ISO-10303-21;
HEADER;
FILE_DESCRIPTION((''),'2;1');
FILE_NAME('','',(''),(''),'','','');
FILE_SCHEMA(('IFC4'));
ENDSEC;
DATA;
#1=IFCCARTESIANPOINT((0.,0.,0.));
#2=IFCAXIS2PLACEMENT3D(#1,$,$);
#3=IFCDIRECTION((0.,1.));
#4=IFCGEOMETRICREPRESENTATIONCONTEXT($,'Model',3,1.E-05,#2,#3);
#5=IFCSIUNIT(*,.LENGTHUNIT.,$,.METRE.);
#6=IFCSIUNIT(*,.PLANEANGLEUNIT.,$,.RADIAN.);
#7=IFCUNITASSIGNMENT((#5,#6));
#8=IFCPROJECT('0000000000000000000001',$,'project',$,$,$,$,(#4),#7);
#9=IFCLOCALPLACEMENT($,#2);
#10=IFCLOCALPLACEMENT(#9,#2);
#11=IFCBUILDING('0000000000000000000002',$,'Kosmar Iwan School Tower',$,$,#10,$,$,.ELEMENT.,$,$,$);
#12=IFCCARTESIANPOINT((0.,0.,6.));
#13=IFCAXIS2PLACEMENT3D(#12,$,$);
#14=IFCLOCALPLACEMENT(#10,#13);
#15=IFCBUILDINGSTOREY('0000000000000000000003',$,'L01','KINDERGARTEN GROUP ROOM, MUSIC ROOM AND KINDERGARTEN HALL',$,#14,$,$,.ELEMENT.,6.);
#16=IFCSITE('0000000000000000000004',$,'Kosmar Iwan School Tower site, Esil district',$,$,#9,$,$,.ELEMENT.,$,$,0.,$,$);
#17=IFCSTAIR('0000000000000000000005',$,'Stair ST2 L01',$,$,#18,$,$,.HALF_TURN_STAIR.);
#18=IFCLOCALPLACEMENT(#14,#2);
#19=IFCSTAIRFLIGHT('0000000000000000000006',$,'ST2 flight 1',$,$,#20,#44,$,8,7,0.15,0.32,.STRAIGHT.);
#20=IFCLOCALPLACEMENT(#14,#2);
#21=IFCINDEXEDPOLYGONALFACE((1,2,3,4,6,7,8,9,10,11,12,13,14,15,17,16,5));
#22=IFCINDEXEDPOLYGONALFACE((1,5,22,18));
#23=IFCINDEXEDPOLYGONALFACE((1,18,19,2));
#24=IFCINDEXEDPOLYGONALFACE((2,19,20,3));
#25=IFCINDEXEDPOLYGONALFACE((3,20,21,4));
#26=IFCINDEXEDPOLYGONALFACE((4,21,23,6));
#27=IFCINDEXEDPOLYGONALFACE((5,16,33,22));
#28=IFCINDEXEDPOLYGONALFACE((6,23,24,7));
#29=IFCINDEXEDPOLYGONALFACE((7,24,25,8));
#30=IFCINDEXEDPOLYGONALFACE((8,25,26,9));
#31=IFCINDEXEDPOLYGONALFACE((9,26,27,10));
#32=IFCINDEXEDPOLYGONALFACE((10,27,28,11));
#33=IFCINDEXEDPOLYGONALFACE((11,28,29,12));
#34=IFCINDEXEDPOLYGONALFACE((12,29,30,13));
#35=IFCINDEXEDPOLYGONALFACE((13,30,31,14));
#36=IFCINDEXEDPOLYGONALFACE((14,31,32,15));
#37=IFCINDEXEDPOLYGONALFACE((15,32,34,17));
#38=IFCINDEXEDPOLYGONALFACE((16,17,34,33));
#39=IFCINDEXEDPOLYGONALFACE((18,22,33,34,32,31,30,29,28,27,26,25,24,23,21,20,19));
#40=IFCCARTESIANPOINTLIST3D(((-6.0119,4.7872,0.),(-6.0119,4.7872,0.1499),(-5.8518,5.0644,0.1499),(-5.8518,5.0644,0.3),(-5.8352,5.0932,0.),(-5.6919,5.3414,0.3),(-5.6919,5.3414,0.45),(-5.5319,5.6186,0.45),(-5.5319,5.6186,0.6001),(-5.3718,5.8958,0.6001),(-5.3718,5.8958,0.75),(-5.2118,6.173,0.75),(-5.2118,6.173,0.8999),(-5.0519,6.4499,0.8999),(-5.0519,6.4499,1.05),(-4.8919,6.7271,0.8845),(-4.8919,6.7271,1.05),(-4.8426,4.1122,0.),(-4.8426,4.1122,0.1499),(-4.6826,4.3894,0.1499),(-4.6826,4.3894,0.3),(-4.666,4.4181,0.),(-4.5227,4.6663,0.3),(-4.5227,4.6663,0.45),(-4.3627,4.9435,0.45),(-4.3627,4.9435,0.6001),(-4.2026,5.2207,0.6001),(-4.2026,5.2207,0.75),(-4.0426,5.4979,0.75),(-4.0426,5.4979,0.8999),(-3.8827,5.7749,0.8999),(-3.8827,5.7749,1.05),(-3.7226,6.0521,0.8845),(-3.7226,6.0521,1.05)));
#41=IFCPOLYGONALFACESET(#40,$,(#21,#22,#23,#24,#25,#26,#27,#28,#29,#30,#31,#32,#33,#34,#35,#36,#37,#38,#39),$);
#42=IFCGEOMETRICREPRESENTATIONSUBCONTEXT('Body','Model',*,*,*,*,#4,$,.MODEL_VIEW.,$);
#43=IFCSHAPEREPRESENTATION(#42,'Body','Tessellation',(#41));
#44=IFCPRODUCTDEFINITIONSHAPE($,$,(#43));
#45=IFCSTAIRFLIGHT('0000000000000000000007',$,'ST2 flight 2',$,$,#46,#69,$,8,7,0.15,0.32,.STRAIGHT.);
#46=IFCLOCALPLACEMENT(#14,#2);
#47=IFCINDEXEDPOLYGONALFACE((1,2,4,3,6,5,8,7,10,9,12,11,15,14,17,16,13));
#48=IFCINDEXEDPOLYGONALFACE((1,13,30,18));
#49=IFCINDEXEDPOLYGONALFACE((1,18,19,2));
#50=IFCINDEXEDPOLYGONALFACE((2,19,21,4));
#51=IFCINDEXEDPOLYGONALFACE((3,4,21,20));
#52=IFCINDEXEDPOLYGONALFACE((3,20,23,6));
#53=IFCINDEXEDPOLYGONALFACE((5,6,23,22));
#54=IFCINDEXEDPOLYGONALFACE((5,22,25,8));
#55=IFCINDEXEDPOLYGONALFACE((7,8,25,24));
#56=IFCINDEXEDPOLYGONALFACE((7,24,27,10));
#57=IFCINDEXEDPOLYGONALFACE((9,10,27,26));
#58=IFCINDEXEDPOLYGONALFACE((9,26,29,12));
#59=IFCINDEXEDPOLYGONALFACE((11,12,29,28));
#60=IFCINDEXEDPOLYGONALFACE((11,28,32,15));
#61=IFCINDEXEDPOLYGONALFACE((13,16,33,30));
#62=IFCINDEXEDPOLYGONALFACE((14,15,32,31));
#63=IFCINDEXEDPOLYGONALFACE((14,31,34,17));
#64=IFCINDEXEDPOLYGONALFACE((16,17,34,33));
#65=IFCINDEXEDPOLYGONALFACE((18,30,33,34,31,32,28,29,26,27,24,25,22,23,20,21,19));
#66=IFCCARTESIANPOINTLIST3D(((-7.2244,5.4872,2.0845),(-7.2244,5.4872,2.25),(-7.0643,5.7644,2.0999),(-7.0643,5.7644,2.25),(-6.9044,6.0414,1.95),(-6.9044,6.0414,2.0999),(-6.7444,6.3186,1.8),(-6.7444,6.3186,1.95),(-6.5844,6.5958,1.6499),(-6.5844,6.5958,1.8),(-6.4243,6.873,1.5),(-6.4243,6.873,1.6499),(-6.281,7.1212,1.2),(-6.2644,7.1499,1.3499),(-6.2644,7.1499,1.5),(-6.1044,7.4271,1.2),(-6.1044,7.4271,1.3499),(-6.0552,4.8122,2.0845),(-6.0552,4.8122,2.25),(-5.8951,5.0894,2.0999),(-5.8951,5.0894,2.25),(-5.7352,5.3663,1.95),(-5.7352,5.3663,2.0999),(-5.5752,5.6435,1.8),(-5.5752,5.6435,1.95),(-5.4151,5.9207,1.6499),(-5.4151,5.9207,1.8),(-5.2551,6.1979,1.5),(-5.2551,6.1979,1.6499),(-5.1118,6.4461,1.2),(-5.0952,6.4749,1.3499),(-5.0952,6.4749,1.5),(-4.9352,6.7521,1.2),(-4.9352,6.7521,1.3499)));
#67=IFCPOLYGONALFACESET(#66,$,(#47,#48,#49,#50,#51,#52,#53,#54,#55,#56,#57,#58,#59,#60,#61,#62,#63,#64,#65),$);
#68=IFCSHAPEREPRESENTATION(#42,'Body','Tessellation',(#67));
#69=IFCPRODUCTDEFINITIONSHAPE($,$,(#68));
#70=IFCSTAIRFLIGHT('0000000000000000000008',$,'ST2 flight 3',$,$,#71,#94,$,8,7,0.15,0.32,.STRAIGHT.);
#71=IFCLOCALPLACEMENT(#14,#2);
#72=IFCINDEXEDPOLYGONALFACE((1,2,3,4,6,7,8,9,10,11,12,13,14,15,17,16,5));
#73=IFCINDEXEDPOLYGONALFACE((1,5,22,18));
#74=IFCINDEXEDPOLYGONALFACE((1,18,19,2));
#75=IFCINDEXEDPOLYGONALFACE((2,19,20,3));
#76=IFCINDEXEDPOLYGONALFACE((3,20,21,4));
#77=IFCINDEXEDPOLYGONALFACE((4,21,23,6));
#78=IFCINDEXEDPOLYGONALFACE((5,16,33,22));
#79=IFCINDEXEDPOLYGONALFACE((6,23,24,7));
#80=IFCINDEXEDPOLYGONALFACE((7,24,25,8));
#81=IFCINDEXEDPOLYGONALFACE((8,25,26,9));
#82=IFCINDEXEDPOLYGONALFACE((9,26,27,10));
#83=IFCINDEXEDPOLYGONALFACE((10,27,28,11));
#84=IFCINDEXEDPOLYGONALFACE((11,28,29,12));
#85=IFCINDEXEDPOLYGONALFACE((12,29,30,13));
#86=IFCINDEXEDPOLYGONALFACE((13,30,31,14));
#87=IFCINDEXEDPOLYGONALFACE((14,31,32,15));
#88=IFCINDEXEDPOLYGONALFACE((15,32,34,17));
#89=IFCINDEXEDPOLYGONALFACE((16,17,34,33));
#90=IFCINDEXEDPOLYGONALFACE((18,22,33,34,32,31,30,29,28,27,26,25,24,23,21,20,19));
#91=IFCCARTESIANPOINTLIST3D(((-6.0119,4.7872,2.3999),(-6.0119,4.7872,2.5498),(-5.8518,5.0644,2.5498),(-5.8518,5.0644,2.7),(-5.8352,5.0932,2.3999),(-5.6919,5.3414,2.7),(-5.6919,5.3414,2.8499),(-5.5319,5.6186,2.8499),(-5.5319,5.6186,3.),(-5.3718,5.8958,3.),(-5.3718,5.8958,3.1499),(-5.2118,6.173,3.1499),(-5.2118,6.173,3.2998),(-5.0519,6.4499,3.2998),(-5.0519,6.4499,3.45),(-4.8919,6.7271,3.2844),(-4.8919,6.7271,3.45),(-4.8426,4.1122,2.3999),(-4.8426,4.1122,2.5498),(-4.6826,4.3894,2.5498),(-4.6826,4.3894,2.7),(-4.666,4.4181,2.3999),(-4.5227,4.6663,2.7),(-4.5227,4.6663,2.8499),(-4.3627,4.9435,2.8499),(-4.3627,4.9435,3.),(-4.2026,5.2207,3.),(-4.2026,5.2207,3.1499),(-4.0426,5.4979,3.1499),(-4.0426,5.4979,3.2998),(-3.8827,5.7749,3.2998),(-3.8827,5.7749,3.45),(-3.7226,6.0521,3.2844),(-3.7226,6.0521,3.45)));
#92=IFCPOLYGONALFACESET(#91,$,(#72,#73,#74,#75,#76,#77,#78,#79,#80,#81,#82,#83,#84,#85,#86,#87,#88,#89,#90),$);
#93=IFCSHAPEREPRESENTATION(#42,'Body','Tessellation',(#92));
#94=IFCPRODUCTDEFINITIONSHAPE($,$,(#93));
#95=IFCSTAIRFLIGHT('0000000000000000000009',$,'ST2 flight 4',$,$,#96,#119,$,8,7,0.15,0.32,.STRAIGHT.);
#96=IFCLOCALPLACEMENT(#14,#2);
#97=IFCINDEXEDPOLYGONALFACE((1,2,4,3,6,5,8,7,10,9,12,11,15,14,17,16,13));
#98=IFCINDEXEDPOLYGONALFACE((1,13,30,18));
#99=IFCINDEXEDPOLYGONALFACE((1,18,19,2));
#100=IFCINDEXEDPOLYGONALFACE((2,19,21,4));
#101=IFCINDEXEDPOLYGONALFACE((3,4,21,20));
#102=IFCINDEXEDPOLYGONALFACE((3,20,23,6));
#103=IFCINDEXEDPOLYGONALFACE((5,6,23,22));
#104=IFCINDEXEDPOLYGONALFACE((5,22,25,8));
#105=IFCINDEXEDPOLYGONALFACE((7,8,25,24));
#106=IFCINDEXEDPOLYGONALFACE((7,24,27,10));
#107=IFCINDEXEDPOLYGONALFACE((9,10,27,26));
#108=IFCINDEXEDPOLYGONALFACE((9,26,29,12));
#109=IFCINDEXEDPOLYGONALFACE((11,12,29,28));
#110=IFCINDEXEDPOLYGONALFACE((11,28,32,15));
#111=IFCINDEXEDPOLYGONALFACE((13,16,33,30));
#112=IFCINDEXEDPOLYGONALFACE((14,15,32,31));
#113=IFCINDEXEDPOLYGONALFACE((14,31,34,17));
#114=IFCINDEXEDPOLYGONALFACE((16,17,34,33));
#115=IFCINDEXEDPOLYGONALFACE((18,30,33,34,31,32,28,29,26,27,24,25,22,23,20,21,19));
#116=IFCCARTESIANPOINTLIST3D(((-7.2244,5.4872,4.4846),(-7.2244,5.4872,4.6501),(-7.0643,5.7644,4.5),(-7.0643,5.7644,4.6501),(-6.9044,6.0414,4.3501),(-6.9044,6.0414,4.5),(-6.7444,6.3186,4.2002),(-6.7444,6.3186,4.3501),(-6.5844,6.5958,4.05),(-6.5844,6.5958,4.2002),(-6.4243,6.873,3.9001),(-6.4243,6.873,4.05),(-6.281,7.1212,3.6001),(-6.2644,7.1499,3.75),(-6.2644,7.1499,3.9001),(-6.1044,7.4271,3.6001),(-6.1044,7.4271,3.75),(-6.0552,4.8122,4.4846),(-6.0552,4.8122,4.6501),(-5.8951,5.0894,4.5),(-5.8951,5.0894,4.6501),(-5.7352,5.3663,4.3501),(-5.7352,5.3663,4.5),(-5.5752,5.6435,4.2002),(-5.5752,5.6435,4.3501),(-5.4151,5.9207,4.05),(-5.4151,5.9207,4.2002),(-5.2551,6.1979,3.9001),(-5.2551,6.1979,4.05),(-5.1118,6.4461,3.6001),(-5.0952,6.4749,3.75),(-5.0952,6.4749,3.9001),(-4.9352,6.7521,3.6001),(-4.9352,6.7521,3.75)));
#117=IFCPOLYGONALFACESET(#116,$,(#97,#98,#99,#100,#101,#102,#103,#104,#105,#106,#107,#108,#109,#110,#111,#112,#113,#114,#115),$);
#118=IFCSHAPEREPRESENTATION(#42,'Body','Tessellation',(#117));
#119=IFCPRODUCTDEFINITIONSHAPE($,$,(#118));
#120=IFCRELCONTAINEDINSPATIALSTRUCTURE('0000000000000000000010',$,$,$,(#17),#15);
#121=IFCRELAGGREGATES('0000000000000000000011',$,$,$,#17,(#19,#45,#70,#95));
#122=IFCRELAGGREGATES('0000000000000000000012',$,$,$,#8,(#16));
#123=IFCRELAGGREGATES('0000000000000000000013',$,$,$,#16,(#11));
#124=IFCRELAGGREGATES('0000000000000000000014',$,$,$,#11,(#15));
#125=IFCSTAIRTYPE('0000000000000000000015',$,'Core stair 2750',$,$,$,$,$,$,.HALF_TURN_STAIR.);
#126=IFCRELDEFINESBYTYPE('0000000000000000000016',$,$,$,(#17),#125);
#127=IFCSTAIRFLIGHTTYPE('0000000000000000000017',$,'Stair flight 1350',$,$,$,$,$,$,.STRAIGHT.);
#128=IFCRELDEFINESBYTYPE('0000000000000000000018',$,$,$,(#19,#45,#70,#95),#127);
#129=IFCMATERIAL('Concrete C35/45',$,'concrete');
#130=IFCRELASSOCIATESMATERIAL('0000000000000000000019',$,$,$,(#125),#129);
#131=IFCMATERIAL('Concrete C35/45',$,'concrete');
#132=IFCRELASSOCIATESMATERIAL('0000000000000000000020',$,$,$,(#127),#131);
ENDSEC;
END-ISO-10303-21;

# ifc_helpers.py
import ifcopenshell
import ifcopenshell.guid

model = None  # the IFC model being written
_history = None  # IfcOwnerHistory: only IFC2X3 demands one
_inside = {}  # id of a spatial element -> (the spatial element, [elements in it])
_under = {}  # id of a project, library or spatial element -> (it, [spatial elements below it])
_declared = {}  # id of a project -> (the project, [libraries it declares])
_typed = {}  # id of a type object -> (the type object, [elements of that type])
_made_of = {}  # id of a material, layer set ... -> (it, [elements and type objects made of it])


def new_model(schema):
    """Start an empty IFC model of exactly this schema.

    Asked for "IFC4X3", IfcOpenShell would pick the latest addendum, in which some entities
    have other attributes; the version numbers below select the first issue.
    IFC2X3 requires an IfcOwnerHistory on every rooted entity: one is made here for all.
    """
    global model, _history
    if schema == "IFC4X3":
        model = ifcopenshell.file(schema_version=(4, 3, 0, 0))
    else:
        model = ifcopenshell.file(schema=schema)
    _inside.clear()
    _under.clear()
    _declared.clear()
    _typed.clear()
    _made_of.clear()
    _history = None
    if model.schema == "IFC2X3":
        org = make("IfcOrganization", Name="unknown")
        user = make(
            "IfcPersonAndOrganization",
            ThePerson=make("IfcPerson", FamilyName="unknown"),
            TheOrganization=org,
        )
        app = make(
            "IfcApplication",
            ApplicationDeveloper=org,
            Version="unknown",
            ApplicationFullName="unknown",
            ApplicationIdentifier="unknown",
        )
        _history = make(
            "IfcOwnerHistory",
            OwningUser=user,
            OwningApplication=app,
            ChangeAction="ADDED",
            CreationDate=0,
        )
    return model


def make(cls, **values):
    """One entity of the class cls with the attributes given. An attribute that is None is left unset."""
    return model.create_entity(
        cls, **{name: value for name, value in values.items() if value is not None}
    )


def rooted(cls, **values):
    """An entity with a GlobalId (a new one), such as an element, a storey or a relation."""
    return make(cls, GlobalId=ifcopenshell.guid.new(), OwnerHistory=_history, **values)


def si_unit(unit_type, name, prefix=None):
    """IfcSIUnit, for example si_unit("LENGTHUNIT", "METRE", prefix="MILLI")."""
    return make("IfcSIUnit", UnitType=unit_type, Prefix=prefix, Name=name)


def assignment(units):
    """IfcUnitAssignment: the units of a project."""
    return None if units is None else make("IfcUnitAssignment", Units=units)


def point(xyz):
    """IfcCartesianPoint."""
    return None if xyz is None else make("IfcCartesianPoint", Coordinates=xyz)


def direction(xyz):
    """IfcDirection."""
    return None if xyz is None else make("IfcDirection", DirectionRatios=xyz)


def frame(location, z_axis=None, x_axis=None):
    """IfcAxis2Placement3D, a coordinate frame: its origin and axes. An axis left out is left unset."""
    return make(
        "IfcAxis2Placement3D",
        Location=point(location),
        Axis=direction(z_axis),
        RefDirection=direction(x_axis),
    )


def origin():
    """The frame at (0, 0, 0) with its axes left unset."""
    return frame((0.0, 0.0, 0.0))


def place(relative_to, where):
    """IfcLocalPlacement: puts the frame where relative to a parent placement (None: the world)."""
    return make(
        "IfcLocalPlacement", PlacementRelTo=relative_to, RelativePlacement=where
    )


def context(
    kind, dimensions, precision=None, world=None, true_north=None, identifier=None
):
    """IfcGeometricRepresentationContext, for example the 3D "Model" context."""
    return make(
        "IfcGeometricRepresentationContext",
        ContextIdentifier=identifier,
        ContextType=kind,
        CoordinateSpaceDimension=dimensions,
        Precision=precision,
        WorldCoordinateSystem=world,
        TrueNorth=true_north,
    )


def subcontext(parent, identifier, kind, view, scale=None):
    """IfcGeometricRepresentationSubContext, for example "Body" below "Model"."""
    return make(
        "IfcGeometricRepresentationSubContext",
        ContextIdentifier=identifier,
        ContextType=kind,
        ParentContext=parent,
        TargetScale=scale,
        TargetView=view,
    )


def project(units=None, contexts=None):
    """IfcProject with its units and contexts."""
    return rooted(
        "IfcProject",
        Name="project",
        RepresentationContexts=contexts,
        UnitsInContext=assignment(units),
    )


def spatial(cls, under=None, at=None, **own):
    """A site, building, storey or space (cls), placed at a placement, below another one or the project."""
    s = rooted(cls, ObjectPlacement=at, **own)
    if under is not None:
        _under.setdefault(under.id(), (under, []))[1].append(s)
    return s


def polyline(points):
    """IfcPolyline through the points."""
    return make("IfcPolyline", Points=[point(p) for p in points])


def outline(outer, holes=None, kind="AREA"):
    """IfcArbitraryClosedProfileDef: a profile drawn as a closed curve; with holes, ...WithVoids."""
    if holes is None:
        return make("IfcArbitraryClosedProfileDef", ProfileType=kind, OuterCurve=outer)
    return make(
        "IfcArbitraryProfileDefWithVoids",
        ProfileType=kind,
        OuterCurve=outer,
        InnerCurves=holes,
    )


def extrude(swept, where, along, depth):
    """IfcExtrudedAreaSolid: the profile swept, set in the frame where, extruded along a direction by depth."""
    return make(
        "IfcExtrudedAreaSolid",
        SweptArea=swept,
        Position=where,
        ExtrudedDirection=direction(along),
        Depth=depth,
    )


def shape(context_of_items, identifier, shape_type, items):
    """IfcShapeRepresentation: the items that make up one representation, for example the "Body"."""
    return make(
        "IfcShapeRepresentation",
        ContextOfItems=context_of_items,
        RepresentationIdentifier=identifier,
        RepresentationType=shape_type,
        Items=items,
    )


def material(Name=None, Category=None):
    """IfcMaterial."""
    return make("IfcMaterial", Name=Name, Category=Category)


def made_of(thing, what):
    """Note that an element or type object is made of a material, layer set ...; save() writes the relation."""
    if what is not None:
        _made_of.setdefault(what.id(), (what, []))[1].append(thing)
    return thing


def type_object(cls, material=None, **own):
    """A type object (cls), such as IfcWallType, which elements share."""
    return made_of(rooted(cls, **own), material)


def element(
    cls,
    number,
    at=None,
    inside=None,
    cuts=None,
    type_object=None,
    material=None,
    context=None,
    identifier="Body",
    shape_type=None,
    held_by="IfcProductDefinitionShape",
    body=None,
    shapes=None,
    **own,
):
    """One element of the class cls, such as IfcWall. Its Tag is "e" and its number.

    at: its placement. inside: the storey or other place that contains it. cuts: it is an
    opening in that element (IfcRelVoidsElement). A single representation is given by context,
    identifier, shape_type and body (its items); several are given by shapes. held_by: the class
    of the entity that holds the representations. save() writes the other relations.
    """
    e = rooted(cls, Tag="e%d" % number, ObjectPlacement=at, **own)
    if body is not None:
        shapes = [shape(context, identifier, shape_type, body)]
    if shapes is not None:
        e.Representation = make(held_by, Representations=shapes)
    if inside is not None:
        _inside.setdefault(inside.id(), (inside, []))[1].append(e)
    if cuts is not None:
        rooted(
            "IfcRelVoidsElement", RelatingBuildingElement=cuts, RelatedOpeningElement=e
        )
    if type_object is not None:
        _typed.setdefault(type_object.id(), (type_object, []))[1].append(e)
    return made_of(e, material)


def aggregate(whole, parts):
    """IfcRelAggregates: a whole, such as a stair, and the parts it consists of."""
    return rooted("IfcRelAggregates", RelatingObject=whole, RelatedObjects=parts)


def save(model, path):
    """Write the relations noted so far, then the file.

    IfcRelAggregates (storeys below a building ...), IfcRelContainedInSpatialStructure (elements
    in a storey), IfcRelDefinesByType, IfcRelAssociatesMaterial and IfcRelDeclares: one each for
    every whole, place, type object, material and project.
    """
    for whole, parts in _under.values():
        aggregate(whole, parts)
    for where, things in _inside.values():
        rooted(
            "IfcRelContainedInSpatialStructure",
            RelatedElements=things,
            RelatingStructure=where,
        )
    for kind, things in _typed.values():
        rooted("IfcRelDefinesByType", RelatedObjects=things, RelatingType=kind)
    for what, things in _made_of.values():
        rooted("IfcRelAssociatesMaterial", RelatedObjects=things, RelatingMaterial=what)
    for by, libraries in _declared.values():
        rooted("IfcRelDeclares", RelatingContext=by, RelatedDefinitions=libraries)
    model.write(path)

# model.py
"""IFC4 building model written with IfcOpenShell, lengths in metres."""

from ifc_helpers import new_model, si_unit, direction, frame, origin, place, context, subcontext, project, spatial, polyline, outline, extrude, material, type_object, element, aggregate, save


model = new_model("IFC4")

# Units and contexts
model_context = context("Model", 3, precision=1e-05, world=origin(), true_north=direction((0.0, 1.0)))
body_context = subcontext(model_context, "Body", "Model", "MODEL_VIEW")
ifc_project = project(units=[si_unit("LENGTHUNIT", "METRE"), si_unit("PLANEANGLEUNIT", "RADIAN")], contexts=[model_context])

# Site, building, storey
site_placement = place(None, origin())
site = spatial("IfcSite", under=ifc_project, at=site_placement, Name="Kosmar Iwan School Tower site, Esil district", CompositionType="ELEMENT", RefElevation=0.0)
building_placement = place(site_placement, origin())
building = spatial("IfcBuilding", under=site, at=building_placement, Name="Kosmar Iwan School Tower", CompositionType="ELEMENT")
storey_placement = place(building_placement, frame((0.0, 0.0, 6.0)))
storey = spatial("IfcBuildingStorey", under=building, at=storey_placement, Name="L01", Description="KINDERGARTEN GROUP ROOM, MUSIC ROOM AND KINDERGARTEN HALL", CompositionType="ELEMENT", Elevation=6.0)

# Stair, stair flights
ifc_material_1 = material(Name="Concrete C35/45", Category="concrete")
stair_type = type_object("IfcStairType", Name="Core stair 2750", PredefinedType="HALF_TURN_STAIR", material=ifc_material_1)
stair_placement = place(storey_placement, origin())
stair = element("IfcStair", 1, at=stair_placement, inside=storey, type_object=stair_type, Name="Stair ST2 L01", PredefinedType="HALF_TURN_STAIR")
ifc_material_2 = material(Name="Concrete C35/45", Category="concrete")
stair_flight_type = type_object("IfcStairFlightType", Name="Stair flight 1350", PredefinedType="STRAIGHT", material=ifc_material_2)
stair_flight_1_placement = place(storey_placement, frame((-5.4272, 4.4497, 0.0), z_axis=(0.0, 0.0, 1.0), x_axis=(0.5, 0.866025, 0.0)))
stair_flight_1 = element("IfcStairFlight", 2, at=stair_flight_1_placement, type_object=stair_flight_type, Name="ST2 flight 1", NumberOfRisers=8, NumberOfTreads=7, PredefinedType="STRAIGHT", RiserHeight=0.15, TreadLength=0.32, context=body_context, shape_type="SweptSolid", body=[
    extrude(outline(polyline([(0.0, 0.0), (0.0, 0.1499), (0.3201, 0.1499), (0.3201, 0.3), (0.6399, 0.3), (0.6399, 0.45), (0.96, 0.45), (0.96, 0.6001), (1.28, 0.6001), (1.28, 0.75), (1.6001, 0.75), (1.6001, 0.8999), (1.9199, 0.8999), (1.9199, 1.05), (2.24, 1.05), (2.24, 1.2), (2.24, 0.8845), (0.3533, 0.0), (0.0, 0.0)])), frame((0.0, 0.675, 0.0), z_axis=(0.0, -1.0, 0.0), x_axis=(1.0, 0.0, 0.0)), (0.0, 0.0, 1.0), 1.3501),
])
stair_flight_2_placement = place(storey_placement, frame((-5.5198, 7.0896, 1.2), z_axis=(0.0, 0.0, 1.0), x_axis=(-0.5, -0.866025, 0.0)))
stair_flight_2 = element("IfcStairFlight", 3, at=stair_flight_2_placement, type_object=stair_flight_type, Name="ST2 flight 2", NumberOfRisers=8, NumberOfTreads=7, PredefinedType="STRAIGHT", RiserHeight=0.15, TreadLength=0.32, context=body_context, shape_type="SweptSolid", body=[
    extrude(outline(polyline([(0.0, 0.0), (0.0, 0.1499), (0.3201, 0.1499), (0.3201, 0.3), (0.6399, 0.3), (0.6399, 0.45), (0.96, 0.45), (0.96, 0.6001), (1.28, 0.6001), (1.28, 0.75), (1.6001, 0.75), (1.6001, 0.8999), (1.9199, 0.8999), (1.9199, 1.05), (2.24, 1.05), (2.24, 1.2), (2.24, 0.8845), (0.3533, 0.0), (0.0, 0.0)])), frame((0.0, 0.675, 0.0), z_axis=(0.0, -1.0, 0.0), x_axis=(1.0, 0.0, 0.0)), (0.0, 0.0, 1.0), 1.3501),
])
stair_flight_3_placement = place(storey_placement, frame((-5.4272, 4.4497, 2.3999), z_axis=(0.0, 0.0, 1.0), x_axis=(0.5, 0.866025, 0.0)))
stair_flight_3 = element("IfcStairFlight", 4, at=stair_flight_3_placement, type_object=stair_flight_type, Name="ST2 flight 3", NumberOfRisers=8, NumberOfTreads=7, PredefinedType="STRAIGHT", RiserHeight=0.15, TreadLength=0.32, context=body_context, shape_type="SweptSolid", body=[
    extrude(outline(polyline([(0.0, 0.0), (0.0, 0.1499), (0.3201, 0.1499), (0.3201, 0.3), (0.6399, 0.3), (0.6399, 0.45), (0.96, 0.45), (0.96, 0.6001), (1.28, 0.6001), (1.28, 0.75), (1.6001, 0.75), (1.6001, 0.8999), (1.9199, 0.8999), (1.9199, 1.05), (2.24, 1.05), (2.24, 1.2), (2.24, 0.8845), (0.3533, 0.0), (0.0, 0.0)])), frame((0.0, 0.675, 0.0), z_axis=(0.0, -1.0, 0.0), x_axis=(1.0, 0.0, 0.0)), (0.0, 0.0, 1.0), 1.3501),
])
stair_flight_4_placement = place(storey_placement, frame((-5.5198, 7.0896, 3.6001), z_axis=(0.0, 0.0, 1.0), x_axis=(-0.5, -0.866025, 0.0)))
stair_flight_4 = element("IfcStairFlight", 5, at=stair_flight_4_placement, type_object=stair_flight_type, Name="ST2 flight 4", NumberOfRisers=8, NumberOfTreads=7, PredefinedType="STRAIGHT", RiserHeight=0.15, TreadLength=0.32, context=body_context, shape_type="SweptSolid", body=[
    extrude(outline(polyline([(0.0, 0.0), (0.0, 0.1499), (0.3201, 0.1499), (0.3201, 0.3), (0.6399, 0.3), (0.6399, 0.45), (0.96, 0.45), (0.96, 0.6001), (1.28, 0.6001), (1.28, 0.75), (1.6001, 0.75), (1.6001, 0.8999), (1.9199, 0.8999), (1.9199, 1.05), (2.24, 1.05), (2.24, 1.2), (2.24, 0.8845), (0.3533, 0.0), (0.0, 0.0)])), frame((0.0, 0.675, 0.0), z_axis=(0.0, -1.0, 0.0), x_axis=(1.0, 0.0, 0.0)), (0.0, 0.0, 1.0), 1.3501),
])
aggregate(stair, [stair_flight_1, stair_flight_2, stair_flight_3, stair_flight_4])

save(model, "model.ifc")
